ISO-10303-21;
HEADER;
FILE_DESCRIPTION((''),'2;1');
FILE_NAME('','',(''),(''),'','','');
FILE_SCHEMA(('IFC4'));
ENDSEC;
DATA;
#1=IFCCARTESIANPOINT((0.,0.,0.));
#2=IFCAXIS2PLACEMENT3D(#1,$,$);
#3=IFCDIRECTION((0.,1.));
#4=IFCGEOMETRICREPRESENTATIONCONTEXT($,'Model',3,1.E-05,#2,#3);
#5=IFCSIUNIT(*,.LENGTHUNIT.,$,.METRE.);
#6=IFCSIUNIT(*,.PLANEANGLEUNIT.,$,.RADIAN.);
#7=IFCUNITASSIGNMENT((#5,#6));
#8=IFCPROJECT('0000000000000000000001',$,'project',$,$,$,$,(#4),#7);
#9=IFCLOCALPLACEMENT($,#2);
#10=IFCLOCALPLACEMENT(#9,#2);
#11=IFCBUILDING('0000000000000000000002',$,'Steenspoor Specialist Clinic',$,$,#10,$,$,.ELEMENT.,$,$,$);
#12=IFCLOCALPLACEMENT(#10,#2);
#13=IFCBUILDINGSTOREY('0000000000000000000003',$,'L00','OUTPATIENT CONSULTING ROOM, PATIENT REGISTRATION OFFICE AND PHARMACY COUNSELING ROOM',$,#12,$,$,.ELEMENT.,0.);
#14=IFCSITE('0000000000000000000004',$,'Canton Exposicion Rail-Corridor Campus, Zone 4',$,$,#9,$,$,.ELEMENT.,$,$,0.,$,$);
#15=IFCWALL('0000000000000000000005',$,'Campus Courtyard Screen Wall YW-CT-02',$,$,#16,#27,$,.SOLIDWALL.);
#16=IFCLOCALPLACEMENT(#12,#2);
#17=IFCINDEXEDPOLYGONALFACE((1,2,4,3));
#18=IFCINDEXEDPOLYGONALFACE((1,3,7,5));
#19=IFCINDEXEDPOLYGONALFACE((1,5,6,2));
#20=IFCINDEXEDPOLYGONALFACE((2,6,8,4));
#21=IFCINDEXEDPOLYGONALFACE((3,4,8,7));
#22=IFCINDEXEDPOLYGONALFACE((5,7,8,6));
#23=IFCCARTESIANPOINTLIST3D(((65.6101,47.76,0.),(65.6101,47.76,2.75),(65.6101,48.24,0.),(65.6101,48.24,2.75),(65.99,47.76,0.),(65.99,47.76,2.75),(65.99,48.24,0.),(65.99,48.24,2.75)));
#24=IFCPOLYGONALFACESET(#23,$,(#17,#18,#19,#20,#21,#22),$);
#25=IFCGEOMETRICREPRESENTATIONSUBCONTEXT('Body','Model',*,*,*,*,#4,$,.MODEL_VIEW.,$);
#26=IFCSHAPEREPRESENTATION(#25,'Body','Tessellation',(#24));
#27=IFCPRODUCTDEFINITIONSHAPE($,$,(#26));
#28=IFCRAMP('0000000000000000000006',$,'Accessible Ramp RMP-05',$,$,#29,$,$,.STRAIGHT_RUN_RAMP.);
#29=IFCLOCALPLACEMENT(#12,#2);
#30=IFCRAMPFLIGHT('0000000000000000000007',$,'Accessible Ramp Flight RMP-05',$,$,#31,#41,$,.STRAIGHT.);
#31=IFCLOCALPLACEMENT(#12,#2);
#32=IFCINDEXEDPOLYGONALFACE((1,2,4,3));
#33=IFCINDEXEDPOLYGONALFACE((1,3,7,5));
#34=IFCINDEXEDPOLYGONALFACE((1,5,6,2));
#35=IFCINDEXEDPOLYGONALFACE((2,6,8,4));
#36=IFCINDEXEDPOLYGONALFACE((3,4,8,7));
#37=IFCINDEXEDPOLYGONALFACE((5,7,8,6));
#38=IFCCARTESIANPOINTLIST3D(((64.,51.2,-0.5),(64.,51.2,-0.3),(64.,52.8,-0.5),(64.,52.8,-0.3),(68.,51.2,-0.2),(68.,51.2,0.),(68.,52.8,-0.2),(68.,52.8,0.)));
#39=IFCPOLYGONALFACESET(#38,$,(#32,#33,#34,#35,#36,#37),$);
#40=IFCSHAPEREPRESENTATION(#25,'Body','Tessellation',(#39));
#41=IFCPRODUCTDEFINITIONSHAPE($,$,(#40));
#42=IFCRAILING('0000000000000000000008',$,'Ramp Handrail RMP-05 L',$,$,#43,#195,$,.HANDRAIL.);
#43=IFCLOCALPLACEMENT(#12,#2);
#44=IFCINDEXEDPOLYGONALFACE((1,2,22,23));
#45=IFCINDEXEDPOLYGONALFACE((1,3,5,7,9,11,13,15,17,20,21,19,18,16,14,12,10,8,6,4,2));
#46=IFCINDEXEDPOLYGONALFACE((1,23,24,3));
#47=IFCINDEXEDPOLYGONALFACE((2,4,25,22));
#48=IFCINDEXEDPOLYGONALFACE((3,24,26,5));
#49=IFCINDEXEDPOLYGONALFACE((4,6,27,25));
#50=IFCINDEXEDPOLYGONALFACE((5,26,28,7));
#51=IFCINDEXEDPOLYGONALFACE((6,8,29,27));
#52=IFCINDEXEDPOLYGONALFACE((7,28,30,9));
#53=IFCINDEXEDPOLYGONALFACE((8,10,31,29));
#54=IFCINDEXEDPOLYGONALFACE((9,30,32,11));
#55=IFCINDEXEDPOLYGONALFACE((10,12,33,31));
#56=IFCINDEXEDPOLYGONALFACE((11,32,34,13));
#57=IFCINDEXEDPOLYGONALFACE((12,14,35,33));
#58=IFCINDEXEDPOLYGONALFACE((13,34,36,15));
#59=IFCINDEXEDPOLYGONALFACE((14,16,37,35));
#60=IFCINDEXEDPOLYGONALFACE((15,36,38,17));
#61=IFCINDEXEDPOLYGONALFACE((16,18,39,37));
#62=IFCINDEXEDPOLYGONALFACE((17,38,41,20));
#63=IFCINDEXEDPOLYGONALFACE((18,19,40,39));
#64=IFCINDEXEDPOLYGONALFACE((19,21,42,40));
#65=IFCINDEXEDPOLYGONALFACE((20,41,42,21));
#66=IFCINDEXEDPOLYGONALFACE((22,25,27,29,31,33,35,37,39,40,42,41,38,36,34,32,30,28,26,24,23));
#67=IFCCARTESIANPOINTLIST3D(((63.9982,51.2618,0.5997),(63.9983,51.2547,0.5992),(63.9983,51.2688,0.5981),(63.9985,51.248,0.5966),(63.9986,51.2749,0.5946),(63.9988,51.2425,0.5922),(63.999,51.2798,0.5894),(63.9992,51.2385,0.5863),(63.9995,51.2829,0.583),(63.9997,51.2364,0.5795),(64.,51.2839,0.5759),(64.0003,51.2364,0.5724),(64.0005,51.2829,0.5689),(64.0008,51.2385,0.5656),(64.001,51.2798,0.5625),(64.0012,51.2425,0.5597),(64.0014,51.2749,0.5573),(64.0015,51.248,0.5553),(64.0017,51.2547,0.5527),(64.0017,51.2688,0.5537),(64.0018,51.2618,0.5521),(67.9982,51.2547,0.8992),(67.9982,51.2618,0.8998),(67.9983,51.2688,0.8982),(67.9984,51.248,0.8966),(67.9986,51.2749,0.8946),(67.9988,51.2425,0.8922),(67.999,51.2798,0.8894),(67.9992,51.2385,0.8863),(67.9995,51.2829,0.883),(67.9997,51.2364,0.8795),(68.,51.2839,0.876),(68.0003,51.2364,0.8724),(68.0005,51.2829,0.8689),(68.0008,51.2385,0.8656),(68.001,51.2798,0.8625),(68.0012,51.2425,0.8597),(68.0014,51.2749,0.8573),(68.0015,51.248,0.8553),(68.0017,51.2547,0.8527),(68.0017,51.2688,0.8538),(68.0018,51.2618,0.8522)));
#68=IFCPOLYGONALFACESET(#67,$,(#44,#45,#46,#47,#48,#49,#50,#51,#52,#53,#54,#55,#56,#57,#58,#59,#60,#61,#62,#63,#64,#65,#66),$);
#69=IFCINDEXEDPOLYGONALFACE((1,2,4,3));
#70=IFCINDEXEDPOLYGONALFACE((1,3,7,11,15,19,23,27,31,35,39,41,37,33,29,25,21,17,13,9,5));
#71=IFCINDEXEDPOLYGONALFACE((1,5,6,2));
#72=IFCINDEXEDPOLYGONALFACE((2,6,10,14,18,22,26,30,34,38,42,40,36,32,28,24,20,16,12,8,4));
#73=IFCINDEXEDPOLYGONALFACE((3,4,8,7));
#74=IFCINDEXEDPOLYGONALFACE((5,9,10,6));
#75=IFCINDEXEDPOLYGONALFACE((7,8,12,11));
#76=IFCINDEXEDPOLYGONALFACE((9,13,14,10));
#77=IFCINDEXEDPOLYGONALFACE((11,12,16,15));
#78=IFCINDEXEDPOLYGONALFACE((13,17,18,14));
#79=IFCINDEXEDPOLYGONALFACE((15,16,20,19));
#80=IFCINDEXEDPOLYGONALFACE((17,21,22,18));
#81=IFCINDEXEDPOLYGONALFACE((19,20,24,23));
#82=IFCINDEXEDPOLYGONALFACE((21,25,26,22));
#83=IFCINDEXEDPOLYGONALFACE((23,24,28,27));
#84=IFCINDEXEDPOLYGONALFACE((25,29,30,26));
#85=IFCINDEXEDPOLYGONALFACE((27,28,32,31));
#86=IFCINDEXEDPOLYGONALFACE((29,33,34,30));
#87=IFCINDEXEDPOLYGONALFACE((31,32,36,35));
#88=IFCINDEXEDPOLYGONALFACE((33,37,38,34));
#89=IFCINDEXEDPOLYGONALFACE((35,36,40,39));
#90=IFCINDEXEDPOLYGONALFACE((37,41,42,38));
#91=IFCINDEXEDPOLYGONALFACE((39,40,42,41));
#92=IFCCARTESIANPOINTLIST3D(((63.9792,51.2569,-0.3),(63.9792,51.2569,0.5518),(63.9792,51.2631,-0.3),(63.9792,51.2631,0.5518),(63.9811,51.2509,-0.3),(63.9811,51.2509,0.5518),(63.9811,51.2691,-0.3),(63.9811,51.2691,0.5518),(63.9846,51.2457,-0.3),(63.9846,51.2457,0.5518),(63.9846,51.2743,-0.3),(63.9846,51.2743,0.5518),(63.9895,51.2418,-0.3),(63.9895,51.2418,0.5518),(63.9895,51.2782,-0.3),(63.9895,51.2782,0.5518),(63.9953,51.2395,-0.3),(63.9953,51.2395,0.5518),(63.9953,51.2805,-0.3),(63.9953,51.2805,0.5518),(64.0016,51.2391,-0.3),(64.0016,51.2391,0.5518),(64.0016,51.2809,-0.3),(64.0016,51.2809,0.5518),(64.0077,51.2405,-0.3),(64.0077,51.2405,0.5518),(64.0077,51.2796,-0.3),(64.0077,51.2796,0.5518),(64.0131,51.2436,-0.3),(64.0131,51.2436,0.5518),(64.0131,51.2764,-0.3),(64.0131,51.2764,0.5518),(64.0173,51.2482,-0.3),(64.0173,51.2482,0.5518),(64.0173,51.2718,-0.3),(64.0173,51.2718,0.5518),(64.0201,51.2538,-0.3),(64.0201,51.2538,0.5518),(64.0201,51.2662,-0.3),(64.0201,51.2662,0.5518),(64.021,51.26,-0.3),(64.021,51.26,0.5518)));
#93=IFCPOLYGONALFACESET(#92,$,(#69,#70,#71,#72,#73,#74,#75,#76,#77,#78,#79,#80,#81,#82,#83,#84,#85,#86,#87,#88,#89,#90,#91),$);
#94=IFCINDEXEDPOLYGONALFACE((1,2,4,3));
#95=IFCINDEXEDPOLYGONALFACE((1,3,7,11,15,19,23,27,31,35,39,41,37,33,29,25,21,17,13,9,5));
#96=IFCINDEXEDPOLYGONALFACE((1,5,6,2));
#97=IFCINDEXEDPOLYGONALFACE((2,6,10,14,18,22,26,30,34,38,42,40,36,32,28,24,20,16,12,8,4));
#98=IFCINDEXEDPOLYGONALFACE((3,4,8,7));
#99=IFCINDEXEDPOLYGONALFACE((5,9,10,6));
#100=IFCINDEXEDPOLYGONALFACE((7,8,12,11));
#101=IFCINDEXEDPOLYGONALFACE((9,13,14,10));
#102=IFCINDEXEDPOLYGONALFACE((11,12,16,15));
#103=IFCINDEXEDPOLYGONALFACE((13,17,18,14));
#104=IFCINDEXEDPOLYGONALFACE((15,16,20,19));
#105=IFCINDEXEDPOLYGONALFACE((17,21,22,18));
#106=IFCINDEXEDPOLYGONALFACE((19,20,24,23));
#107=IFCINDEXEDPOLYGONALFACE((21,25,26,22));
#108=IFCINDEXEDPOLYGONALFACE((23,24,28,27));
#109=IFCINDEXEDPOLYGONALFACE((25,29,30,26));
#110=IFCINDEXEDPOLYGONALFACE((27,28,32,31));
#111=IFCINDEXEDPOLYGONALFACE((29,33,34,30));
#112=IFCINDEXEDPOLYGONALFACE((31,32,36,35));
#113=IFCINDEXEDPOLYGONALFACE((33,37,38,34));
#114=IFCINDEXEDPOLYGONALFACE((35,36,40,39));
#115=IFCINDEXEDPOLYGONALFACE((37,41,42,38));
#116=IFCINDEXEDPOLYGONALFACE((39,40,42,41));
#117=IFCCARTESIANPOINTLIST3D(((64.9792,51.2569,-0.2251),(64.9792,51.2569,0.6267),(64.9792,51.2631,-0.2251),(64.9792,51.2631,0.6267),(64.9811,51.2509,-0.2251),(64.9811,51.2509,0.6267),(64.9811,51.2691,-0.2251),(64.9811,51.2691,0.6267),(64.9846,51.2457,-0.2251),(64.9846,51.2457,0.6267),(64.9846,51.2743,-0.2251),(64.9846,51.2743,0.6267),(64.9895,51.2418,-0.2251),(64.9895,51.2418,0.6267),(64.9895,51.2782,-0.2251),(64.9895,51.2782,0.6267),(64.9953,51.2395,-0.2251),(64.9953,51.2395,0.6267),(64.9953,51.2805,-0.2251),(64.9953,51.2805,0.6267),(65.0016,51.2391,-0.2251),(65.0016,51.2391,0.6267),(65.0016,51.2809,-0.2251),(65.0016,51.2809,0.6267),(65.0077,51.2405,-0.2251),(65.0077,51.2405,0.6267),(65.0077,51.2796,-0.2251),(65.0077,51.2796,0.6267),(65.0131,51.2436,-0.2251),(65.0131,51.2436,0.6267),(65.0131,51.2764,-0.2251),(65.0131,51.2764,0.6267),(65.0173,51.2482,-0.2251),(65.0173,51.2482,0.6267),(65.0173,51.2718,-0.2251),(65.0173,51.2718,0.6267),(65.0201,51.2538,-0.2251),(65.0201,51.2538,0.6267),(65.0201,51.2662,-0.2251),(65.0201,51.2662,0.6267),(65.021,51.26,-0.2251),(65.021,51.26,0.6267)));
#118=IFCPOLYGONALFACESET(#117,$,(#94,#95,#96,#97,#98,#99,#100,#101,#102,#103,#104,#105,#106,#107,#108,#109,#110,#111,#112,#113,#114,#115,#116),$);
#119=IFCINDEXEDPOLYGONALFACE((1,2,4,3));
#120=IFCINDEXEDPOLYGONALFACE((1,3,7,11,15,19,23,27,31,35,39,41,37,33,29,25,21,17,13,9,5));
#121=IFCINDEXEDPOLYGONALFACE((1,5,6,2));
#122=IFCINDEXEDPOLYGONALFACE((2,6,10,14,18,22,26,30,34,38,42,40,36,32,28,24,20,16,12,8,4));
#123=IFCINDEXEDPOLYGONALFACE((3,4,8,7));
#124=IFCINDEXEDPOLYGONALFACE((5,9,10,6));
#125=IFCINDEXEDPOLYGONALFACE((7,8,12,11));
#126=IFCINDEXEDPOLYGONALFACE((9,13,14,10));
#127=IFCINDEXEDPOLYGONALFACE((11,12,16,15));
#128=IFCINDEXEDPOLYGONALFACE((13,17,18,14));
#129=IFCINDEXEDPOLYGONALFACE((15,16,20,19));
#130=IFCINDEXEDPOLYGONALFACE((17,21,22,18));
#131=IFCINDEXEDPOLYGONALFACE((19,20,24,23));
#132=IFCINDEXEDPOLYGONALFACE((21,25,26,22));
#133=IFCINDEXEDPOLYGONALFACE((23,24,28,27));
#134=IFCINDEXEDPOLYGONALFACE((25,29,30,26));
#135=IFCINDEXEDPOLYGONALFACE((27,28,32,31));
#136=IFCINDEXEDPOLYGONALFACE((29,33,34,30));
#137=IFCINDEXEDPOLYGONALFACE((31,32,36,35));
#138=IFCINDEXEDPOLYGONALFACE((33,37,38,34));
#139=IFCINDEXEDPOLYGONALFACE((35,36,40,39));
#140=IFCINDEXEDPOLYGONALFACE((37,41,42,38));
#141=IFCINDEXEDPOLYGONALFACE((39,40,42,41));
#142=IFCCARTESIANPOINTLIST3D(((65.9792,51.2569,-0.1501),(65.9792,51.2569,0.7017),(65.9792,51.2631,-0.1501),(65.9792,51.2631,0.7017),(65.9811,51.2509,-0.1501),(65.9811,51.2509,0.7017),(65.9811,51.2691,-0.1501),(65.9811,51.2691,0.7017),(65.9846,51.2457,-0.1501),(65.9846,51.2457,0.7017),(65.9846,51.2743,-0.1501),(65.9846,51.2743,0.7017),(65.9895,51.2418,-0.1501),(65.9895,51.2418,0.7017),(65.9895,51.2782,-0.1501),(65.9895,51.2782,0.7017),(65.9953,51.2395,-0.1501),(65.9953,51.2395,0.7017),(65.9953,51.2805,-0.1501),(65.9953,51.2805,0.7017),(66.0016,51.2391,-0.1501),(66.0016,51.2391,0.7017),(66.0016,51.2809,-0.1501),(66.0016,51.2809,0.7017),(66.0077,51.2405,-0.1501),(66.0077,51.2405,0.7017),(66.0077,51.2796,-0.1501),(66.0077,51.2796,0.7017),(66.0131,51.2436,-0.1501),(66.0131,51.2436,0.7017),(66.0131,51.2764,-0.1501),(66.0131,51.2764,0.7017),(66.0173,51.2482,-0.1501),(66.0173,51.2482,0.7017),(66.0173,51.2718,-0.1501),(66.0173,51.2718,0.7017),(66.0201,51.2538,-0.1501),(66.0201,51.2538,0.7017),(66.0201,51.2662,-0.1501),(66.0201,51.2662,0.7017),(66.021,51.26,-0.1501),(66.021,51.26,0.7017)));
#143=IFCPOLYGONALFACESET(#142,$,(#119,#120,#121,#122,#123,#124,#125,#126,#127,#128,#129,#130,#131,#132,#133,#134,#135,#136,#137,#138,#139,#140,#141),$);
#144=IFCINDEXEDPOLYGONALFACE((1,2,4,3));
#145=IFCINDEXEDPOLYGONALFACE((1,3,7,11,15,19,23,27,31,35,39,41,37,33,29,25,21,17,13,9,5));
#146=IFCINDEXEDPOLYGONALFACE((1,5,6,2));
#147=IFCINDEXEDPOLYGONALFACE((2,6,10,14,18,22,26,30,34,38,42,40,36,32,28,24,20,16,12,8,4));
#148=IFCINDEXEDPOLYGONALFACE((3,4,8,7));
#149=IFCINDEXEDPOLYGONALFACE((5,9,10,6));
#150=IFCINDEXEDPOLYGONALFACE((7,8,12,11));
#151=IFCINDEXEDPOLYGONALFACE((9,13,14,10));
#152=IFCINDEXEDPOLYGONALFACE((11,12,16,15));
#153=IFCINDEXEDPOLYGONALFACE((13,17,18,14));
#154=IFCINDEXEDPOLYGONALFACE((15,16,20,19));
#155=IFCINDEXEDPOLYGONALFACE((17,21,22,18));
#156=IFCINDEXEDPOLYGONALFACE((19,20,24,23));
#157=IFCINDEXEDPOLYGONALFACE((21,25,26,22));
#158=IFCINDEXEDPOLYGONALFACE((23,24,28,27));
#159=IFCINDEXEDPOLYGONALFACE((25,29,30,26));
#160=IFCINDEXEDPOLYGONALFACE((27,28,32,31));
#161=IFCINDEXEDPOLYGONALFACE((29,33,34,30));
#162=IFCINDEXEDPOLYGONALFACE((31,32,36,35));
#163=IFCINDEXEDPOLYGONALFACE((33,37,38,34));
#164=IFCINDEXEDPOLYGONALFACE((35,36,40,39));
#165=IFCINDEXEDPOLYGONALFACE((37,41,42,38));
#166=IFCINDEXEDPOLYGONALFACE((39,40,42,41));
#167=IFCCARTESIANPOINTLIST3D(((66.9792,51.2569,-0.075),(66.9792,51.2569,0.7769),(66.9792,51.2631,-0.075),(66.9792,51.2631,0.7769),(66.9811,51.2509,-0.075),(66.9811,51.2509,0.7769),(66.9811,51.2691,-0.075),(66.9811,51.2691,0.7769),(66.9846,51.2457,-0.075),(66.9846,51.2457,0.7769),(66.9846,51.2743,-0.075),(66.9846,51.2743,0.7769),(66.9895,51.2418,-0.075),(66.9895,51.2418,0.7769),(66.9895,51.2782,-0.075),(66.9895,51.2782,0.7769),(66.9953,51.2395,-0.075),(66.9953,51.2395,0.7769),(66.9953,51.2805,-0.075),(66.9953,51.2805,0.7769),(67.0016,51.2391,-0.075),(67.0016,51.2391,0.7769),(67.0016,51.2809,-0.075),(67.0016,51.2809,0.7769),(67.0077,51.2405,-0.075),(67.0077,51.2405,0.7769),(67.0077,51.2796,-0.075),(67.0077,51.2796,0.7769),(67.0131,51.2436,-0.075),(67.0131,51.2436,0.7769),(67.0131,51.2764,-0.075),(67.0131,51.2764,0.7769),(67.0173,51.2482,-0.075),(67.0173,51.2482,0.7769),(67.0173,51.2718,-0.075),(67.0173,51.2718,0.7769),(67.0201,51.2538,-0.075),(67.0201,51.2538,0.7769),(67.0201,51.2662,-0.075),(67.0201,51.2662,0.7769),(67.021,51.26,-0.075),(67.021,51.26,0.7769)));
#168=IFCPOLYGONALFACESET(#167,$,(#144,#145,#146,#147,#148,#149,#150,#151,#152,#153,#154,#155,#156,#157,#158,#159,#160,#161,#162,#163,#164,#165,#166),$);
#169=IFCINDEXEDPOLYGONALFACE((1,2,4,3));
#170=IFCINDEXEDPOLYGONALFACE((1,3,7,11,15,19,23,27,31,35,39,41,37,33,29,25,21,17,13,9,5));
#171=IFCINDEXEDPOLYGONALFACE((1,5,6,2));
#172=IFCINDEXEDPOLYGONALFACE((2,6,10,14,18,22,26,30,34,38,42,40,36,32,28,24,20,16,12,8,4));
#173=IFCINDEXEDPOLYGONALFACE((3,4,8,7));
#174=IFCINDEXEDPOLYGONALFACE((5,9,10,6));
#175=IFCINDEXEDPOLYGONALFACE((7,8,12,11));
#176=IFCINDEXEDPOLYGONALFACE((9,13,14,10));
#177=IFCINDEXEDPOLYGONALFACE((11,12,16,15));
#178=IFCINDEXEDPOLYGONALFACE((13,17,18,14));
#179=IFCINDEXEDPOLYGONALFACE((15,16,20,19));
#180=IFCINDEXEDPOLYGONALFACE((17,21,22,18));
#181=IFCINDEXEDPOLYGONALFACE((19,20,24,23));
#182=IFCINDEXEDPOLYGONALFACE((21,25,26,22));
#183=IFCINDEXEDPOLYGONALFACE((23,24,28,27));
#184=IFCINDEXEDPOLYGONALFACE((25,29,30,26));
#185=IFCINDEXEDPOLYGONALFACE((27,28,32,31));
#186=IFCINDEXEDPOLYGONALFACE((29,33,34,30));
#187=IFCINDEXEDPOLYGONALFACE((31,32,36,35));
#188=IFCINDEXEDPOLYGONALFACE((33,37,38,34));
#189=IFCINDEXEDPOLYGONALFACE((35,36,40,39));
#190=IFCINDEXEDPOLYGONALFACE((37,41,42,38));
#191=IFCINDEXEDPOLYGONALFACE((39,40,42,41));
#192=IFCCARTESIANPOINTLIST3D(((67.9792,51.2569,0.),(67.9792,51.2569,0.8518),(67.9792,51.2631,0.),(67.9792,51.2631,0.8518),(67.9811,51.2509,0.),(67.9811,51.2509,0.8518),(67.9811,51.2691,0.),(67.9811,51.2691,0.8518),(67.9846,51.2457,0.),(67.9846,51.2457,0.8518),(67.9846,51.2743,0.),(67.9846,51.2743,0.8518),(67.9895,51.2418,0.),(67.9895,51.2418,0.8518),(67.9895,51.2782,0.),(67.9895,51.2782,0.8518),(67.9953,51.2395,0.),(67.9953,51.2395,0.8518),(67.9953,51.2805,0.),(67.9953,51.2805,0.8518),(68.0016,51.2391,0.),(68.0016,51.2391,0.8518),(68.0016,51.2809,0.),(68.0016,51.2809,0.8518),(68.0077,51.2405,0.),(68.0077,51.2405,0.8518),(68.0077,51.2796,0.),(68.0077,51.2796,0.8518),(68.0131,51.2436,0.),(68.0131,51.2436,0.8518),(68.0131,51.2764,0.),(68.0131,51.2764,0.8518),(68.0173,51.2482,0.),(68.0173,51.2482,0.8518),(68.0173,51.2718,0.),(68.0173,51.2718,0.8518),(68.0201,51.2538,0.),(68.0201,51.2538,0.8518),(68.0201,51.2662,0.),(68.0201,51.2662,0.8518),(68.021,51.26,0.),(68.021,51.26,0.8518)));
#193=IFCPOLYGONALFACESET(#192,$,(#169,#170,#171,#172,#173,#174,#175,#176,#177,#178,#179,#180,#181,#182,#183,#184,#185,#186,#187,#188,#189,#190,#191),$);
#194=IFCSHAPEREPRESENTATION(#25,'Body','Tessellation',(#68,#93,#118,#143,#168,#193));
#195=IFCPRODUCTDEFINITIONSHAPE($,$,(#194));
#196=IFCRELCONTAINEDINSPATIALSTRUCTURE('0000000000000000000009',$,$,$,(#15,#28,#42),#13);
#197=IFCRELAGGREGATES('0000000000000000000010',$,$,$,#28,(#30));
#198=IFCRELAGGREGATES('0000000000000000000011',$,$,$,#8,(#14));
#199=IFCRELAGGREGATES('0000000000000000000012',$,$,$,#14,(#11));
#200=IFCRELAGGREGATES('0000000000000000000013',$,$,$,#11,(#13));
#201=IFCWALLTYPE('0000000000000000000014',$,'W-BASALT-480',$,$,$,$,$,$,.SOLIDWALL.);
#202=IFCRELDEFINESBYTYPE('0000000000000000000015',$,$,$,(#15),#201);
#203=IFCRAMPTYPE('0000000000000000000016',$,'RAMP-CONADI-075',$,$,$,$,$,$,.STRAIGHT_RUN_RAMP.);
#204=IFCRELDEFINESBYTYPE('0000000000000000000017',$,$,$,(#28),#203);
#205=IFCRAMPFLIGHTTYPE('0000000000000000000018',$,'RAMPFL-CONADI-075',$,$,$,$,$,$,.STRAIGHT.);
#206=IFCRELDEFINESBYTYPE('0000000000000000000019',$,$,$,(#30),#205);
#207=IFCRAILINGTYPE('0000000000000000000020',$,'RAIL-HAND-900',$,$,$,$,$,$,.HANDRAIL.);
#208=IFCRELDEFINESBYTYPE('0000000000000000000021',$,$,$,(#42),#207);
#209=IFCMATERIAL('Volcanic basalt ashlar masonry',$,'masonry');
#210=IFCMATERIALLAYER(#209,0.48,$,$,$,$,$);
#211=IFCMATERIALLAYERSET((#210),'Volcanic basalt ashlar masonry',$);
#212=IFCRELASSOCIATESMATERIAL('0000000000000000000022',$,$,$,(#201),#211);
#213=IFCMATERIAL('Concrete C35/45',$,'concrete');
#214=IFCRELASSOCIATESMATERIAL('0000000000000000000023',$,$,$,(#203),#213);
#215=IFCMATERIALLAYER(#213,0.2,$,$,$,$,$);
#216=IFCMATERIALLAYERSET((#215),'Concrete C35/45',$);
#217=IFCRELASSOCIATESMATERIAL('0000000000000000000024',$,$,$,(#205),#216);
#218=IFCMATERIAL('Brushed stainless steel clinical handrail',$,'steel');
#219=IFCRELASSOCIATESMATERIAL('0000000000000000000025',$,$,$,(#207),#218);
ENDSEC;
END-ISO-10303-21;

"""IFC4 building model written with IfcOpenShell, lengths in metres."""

from ifc_helpers import new_model, si_unit, direction, frame, frame_2d, origin, origin_2d, place, context, subcontext, project, spatial, polyline, rectangle, circle, outline, extrude, material, layer, layer_set, type_object, element, aggregate, save


model = new_model("IFC4")

# Units and contexts
model_context = context("Model", 3, precision=1e-05, world=origin(), true_north=direction((0.0, 1.0)))
body_context = subcontext(model_context, "Body", "Model", "MODEL_VIEW")
ifc_project = project(units=[si_unit("LENGTHUNIT", "METRE"), si_unit("PLANEANGLEUNIT", "RADIAN")], contexts=[model_context])

# Site, building, storey
site_placement = place(None, origin())
site = spatial("IfcSite", under=ifc_project, at=site_placement, Name="Canton Exposicion Rail-Corridor Campus, Zone 4", CompositionType="ELEMENT", RefElevation=0.0)
building_placement = place(site_placement, origin())
building = spatial("IfcBuilding", under=site, at=building_placement, Name="Steenspoor Specialist Clinic", CompositionType="ELEMENT")
storey_placement = place(building_placement, origin())
storey = spatial("IfcBuildingStorey", under=building, at=storey_placement, Name="L00", Description="OUTPATIENT CONSULTING ROOM, PATIENT REGISTRATION OFFICE AND PHARMACY COUNSELING ROOM", CompositionType="ELEMENT", Elevation=0.0)

# Shared definitions
ifc_material_1 = material(Name="Concrete C35/45", Category="concrete")

# Wall
ifc_material_2 = material(Name="Volcanic basalt ashlar masonry", Category="masonry")
ifc_layer_1 = layer(ifc_material_2, 0.48)
ifc_layer_set_1 = layer_set([ifc_layer_1], Name="Volcanic basalt ashlar masonry")
wall_type = type_object("IfcWallType", Name="W-BASALT-480", PredefinedType="SOLIDWALL", material=ifc_layer_set_1)
wall_1_placement = place(storey_placement, frame((65.6101, 48.0, 0.0), z_axis=(0.0, 0.0, 1.0), x_axis=(1.0, 0.0, 0.0)))
element("IfcWall", 1, at=wall_1_placement, inside=storey, type_object=wall_type, Name="Campus Courtyard Screen Wall YW-CT-02", PredefinedType="SOLIDWALL", context=body_context, shape_type="SweptSolid", body=[
    extrude(rectangle(XDim=0.3799, YDim=0.48, at=frame_2d((0.1899, 0.0))), origin(), (0.0, 0.0, 1.0), 2.75),
])

# Ramp, ramp flight
ramp_type = type_object("IfcRampType", Name="RAMP-CONADI-075", PredefinedType="STRAIGHT_RUN_RAMP", material=ifc_material_1)
ramp_placement = place(storey_placement, origin())
ramp = element("IfcRamp", 2, at=ramp_placement, inside=storey, type_object=ramp_type, Name="Accessible Ramp RMP-05", PredefinedType="STRAIGHT_RUN_RAMP")
ifc_layer_2 = layer(ifc_material_1, 0.2)
ifc_layer_set_2 = layer_set([ifc_layer_2], Name="Concrete C35/45")
ramp_flight_type = type_object("IfcRampFlightType", Name="RAMPFL-CONADI-075", PredefinedType="STRAIGHT", material=ifc_layer_set_2)
ramp_flight_placement = place(storey_placement, frame((64.0, 52.0, -0.3), z_axis=(0.0, 0.0, 1.0), x_axis=(1.0, 0.0, 0.0)))
ramp_flight = element("IfcRampFlight", 3, at=ramp_flight_placement, type_object=ramp_flight_type, Name="Accessible Ramp Flight RMP-05", PredefinedType="STRAIGHT", context=body_context, shape_type="SweptSolid", body=[
    extrude(outline(polyline([(0.0, 0.0), (4.0, 0.3), (4.0, 0.1001), (0.0, -0.2), (0.0, 0.0)])), frame((0.0, 0.8, 0.0), z_axis=(0.0, -1.0, 0.0), x_axis=(1.0, 0.0, 0.0)), (0.0, 0.0, 1.0), 1.6001),
])
aggregate(ramp, [ramp_flight])

# Railing
ifc_material_3 = material(Name="Brushed stainless steel clinical handrail", Category="steel")
railing_type = type_object("IfcRailingType", Name="RAIL-HAND-900", PredefinedType="HANDRAIL", material=ifc_material_3)
for number, where, name in (
    (4, (64.0, 51.26, -0.3), "Ramp Handrail RMP-05 L"),
):
    element("IfcRailing", number, at=place(storey_placement, frame(where)), inside=storey, type_object=railing_type, Name=name, PredefinedType="HANDRAIL", context=body_context, shape_type="SweptSolid", body=[
        extrude(circle(Radius=0.0239, at=origin_2d()), frame((0.0, 0.0, 0.876), z_axis=(0.997198, 0.0, 0.074802), x_axis=(0.0, 1.0, 0.0)), (0.0, 0.0, 1.0), 4.0112),
        extrude(circle(Radius=0.021, at=origin_2d()), origin(), (0.0, 0.0, 1.0), 0.8518),
        extrude(circle(Radius=0.021, at=origin_2d()), frame((1.0, 0.0, 0.075)), (0.0, 0.0, 1.0), 0.8518),
        extrude(circle(Radius=0.021, at=origin_2d()), frame((2.0, 0.0, 0.1499)), (0.0, 0.0, 1.0), 0.8518),
        extrude(circle(Radius=0.021, at=origin_2d()), frame((3.0, 0.0, 0.2251)), (0.0, 0.0, 1.0), 0.8518),
        extrude(circle(Radius=0.021, at=origin_2d()), frame((4.0, 0.0, 0.3)), (0.0, 0.0, 1.0), 0.8518),
    ])

save(model, "model.ifc")
